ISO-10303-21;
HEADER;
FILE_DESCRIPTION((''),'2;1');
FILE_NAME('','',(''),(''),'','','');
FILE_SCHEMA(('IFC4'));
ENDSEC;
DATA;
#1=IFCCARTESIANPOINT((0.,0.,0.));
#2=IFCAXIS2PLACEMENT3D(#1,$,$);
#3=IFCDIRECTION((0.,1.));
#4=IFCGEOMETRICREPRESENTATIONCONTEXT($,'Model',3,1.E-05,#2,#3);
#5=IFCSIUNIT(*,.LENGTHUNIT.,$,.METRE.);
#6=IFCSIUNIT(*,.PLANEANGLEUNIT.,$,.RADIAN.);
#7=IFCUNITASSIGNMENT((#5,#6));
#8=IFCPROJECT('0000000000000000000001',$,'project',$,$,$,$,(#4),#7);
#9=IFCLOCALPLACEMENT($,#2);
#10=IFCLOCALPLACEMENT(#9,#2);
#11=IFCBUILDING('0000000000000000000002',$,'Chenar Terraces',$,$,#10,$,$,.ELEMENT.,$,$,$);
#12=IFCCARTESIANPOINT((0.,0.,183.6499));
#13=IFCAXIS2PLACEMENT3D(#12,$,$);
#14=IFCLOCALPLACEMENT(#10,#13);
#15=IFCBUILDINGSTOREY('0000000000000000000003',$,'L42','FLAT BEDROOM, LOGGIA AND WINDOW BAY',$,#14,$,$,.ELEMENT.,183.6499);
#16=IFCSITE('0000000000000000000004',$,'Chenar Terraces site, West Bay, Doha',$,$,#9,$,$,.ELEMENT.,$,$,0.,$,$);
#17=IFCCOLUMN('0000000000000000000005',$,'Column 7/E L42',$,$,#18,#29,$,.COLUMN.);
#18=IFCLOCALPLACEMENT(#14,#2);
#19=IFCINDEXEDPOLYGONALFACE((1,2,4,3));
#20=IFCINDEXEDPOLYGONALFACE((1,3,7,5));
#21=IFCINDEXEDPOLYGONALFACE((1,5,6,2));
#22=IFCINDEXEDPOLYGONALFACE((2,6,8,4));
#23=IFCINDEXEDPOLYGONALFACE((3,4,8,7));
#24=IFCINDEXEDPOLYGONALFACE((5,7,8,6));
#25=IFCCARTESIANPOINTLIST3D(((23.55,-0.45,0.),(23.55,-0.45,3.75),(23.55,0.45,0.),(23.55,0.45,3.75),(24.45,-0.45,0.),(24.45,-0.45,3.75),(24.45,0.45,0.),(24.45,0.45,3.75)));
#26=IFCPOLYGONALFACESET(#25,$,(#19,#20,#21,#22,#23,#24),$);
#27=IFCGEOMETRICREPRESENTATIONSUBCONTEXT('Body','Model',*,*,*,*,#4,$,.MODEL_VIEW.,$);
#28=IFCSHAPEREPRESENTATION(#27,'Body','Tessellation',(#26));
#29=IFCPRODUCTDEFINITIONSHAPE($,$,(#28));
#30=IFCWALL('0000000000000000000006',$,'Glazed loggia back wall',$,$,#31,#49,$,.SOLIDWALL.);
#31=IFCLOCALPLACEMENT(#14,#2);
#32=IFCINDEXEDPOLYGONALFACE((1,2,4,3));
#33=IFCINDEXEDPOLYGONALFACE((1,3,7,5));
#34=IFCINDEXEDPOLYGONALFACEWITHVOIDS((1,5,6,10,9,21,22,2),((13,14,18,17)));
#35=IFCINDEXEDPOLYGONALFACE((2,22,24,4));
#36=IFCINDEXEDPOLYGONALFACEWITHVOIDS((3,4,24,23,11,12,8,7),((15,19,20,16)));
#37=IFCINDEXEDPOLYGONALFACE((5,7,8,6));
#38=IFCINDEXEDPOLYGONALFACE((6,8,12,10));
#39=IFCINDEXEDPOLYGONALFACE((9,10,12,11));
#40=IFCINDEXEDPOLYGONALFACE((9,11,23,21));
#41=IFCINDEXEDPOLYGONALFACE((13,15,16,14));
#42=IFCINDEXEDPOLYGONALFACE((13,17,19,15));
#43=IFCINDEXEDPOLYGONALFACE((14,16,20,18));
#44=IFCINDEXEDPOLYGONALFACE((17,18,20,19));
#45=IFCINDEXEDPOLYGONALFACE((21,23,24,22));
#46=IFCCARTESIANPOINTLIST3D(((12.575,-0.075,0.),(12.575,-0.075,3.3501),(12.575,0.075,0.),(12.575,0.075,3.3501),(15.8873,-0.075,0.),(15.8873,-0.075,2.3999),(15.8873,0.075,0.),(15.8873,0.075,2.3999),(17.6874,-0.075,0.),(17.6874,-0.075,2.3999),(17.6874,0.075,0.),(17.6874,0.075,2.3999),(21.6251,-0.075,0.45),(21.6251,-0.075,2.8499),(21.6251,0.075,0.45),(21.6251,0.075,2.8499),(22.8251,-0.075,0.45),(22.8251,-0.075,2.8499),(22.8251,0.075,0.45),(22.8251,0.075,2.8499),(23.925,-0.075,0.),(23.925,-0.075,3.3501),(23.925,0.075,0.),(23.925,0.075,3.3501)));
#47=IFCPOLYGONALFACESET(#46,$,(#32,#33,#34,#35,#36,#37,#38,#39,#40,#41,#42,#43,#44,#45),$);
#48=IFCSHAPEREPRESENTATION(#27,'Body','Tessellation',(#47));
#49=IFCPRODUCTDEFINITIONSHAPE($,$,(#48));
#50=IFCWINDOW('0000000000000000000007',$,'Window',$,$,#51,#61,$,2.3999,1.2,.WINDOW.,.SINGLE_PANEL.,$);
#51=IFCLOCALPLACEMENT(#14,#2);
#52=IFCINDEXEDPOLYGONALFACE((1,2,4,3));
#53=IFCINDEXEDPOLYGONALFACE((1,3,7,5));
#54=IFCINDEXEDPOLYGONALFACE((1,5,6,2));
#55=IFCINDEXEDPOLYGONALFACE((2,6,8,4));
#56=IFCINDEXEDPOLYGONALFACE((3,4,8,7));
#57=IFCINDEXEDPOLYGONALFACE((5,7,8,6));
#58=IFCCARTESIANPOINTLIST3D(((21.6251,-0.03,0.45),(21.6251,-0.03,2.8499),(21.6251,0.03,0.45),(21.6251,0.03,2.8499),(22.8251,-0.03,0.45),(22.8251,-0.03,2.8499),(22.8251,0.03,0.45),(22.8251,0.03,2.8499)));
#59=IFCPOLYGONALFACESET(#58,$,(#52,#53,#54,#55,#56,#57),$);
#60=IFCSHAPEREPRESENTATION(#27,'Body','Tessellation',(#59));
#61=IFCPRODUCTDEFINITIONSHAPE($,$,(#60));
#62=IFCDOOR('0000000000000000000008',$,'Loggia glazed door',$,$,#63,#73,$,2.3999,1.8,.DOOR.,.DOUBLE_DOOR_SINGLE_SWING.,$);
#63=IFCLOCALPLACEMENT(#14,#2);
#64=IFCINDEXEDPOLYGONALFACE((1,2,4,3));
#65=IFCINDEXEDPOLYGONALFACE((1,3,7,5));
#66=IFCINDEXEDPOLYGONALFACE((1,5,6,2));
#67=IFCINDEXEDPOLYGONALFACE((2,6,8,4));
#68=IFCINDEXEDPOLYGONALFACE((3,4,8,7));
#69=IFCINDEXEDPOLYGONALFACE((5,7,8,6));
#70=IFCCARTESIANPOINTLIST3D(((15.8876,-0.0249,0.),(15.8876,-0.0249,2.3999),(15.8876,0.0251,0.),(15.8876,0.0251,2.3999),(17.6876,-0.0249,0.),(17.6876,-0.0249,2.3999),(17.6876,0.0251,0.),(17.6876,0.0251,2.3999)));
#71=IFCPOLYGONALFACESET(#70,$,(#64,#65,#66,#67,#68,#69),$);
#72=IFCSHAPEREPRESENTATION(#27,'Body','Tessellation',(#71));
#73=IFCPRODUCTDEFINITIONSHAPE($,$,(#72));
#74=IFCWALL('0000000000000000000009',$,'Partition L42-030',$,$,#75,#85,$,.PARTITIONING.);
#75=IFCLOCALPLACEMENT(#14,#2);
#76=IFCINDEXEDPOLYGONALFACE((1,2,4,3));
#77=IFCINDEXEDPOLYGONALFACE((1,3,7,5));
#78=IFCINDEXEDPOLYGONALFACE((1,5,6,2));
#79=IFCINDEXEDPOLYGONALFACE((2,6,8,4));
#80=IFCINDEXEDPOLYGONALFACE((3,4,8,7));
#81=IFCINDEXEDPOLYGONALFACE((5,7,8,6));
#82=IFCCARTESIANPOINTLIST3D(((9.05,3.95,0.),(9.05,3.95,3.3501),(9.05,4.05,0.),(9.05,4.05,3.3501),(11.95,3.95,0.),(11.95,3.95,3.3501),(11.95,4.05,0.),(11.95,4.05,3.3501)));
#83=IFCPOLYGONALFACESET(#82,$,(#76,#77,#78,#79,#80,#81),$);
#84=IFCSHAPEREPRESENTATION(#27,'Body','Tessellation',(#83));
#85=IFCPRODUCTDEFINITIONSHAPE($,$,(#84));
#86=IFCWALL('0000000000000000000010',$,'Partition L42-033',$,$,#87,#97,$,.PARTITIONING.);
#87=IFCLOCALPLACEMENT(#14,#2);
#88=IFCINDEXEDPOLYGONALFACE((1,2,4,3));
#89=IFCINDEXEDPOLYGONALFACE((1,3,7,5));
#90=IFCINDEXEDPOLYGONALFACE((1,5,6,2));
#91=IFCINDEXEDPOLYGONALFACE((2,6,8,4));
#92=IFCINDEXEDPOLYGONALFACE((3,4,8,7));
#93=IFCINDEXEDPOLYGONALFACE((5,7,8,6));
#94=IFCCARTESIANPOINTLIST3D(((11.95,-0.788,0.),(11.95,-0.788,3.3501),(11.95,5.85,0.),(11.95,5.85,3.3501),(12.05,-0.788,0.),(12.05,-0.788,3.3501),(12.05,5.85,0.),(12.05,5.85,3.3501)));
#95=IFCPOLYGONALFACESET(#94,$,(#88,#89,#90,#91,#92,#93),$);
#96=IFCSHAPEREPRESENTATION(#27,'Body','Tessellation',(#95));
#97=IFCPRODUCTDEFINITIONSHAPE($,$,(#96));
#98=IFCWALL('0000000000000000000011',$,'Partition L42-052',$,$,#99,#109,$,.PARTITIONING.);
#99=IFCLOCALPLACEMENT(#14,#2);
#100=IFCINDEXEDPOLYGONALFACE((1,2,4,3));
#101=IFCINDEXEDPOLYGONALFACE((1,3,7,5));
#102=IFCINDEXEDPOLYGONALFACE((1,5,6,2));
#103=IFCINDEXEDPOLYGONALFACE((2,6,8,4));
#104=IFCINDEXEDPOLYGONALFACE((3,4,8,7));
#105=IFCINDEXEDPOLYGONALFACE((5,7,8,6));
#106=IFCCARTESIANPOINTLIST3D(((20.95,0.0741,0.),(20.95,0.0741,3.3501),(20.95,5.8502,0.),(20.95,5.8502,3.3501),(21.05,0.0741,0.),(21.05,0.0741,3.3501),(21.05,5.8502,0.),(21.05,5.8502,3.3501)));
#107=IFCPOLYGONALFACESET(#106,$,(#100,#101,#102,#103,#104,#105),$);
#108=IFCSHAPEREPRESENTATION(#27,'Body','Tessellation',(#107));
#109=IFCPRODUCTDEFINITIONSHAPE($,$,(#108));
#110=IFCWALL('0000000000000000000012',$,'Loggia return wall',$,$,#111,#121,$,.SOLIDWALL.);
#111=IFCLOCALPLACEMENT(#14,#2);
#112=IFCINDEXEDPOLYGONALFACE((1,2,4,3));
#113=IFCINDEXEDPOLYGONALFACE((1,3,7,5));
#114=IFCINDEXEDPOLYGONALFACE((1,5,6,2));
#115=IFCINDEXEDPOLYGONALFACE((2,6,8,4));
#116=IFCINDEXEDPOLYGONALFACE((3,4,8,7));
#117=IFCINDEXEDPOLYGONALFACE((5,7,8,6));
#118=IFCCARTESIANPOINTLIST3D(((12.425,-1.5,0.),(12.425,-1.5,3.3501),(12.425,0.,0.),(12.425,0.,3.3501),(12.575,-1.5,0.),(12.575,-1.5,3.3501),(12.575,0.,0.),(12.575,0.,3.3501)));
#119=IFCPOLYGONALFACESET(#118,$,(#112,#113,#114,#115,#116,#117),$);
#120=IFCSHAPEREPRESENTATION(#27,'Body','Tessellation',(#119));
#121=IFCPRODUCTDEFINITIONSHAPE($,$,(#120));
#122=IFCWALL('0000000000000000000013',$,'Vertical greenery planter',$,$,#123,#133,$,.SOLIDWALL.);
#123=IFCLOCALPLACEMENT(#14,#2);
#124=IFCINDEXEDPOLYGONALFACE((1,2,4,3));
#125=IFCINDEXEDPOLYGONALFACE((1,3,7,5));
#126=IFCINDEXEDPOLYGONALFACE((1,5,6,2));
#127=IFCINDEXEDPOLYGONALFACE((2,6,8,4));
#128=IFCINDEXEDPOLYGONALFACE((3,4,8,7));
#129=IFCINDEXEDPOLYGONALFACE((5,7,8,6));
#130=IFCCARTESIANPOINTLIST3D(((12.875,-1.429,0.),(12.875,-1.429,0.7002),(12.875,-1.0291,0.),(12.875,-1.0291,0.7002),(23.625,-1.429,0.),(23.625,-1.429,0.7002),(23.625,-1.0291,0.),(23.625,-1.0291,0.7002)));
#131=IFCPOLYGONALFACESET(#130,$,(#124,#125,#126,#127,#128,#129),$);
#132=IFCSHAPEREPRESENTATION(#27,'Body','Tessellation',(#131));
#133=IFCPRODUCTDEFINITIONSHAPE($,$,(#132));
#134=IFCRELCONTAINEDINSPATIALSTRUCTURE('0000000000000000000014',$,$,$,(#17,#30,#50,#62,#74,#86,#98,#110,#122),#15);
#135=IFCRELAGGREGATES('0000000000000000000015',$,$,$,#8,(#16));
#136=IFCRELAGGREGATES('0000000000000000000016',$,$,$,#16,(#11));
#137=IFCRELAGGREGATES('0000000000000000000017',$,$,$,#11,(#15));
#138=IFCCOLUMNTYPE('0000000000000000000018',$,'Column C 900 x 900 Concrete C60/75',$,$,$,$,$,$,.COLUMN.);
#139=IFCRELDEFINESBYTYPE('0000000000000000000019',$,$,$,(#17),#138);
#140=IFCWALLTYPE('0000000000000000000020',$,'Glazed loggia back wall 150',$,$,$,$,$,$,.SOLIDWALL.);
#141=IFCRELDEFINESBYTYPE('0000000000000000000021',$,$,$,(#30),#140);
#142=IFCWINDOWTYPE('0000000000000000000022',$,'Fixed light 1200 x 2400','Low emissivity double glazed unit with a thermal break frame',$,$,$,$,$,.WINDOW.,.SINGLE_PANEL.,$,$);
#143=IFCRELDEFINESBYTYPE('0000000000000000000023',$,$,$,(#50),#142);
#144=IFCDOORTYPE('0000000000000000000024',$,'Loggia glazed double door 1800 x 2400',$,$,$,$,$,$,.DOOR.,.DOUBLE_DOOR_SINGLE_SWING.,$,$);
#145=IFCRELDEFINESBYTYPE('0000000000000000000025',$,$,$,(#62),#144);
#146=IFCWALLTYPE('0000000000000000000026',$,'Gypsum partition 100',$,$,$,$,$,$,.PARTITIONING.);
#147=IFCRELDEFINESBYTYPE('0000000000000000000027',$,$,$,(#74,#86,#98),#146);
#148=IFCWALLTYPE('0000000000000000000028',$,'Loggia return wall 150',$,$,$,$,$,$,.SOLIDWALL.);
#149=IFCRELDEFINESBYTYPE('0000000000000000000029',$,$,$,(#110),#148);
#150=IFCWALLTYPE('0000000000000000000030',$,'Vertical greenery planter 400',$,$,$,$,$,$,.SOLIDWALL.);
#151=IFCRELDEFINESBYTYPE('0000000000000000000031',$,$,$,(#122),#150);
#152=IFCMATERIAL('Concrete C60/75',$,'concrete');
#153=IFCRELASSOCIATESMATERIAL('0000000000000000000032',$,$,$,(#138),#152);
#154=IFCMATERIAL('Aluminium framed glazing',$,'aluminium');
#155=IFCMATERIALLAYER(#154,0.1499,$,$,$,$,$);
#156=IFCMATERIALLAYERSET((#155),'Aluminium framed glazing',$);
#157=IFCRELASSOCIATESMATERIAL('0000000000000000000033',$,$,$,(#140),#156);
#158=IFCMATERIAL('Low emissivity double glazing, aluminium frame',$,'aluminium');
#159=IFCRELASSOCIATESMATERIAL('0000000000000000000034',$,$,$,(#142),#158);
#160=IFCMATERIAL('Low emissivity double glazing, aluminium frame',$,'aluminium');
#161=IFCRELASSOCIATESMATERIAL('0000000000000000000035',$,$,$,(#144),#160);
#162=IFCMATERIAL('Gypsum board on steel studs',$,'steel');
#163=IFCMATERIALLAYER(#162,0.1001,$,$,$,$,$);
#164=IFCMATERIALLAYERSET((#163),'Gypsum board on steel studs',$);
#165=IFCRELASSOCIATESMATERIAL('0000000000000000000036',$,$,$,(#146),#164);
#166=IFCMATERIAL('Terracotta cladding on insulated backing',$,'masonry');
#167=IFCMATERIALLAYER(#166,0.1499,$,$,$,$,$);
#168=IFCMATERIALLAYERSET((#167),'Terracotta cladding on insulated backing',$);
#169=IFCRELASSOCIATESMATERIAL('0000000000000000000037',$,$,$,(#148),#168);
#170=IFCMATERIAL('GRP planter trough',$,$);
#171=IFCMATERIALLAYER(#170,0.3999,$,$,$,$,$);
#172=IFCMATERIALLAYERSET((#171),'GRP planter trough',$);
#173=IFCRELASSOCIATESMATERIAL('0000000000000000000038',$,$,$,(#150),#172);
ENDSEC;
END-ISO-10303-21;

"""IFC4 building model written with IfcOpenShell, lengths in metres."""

from ifc_helpers import new_model, si_unit, direction, frame, frame_2d, origin, origin_2d, place, context, subcontext, project, spatial, rectangle, extrude, material, layer, layer_set, material_profile, profile_set, type_object, element, fill, save


model = new_model("IFC4")

# Units and contexts
model_context = context("Model", 3, precision=1e-05, world=origin(), true_north=direction((0.0, 1.0)))
body_context = subcontext(model_context, "Body", "Model", "MODEL_VIEW")
ifc_project = project(units=[si_unit("LENGTHUNIT", "METRE"), si_unit("PLANEANGLEUNIT", "RADIAN")], contexts=[model_context])

# Site, building, storey
site_placement = place(None, origin())
site = spatial("IfcSite", under=ifc_project, at=site_placement, Name="Chenar Terraces site, West Bay, Doha", CompositionType="ELEMENT", RefElevation=0.0)
building_placement = place(site_placement, origin())
building = spatial("IfcBuilding", under=site, at=building_placement, Name="Chenar Terraces", CompositionType="ELEMENT")
storey_placement = place(building_placement, frame((0.0, 0.0, 183.6499)))
storey = spatial("IfcBuildingStorey", under=building, at=storey_placement, Name="L42", Description="FLAT BEDROOM, LOGGIA AND WINDOW BAY", CompositionType="ELEMENT", Elevation=183.6499)

# Column
ifc_material_1 = material(Name="Concrete C60/75", Category="concrete")
ifc_material_profile = material_profile(ifc_material_1, rectangle(XDim=0.8999, YDim=0.8999, at=origin_2d()), Name="C 900 x 900")
ifc_profile_set = profile_set([ifc_material_profile], Name="Concrete C60/75")
column_type = type_object("IfcColumnType", Name="Column C 900 x 900 Concrete C60/75", PredefinedType="COLUMN", material=ifc_profile_set)
column_placement = place(storey_placement, frame((24.0, 0.0, 0.0), z_axis=(0.0, 0.0, 1.0), x_axis=(1.0, 0.0, 0.0)))
element("IfcColumn", 1, at=column_placement, inside=storey, type_object=column_type, Name="Column 7/E L42", PredefinedType="COLUMN", context=body_context, shape_type="SweptSolid", body=[
    extrude(rectangle(XDim=0.8999, YDim=0.8999, at=origin_2d()), origin(), (0.0, 0.0, 1.0), 3.75),
])

# Wall, openings, window, door
ifc_material_2 = material(Name="Aluminium framed glazing", Category="aluminium")
ifc_layer_1 = layer(ifc_material_2, 0.1499)
ifc_layer_set_1 = layer_set([ifc_layer_1], Name="Aluminium framed glazing")
wall_type_1 = type_object("IfcWallType", Name="Glazed loggia back wall 150", PredefinedType="SOLIDWALL", material=ifc_layer_set_1)
wall_1_placement = place(storey_placement, frame((12.575, 0.0, 0.0), z_axis=(0.0, 0.0, 1.0), x_axis=(1.0, 0.0, 0.0)))
wall_1 = element("IfcWall", 2, at=wall_1_placement, inside=storey, type_object=wall_type_1, Name="Glazed loggia back wall", PredefinedType="SOLIDWALL", context=body_context, shape_type="SweptSolid", body=[
    extrude(rectangle(XDim=11.3501, YDim=0.1499, at=frame_2d((5.675, 0.0))), origin(), (0.0, 0.0, 1.0), 3.3501),
])
opening_1_placement = place(wall_1_placement, frame((3.3125, 0.0, 0.0)))
opening_1 = element("IfcOpeningElement", 3, at=opening_1_placement, cuts=wall_1, PredefinedType="OPENING", context=body_context, shape_type="SweptSolid", body=[
    extrude(rectangle(XDim=1.8, YDim=2.3999, at=frame_2d((0.8999, 1.2))), frame((0.0, 0.085, 0.0), z_axis=(0.0, -1.0, 0.0), x_axis=(1.0, 0.0, 0.0)), (0.0, 0.0, 1.0), 0.1699),
])
opening_2_placement = place(wall_1_placement, frame((9.05, 0.0, 0.45)))
opening_2 = element("IfcOpeningElement", 4, at=opening_2_placement, cuts=wall_1, PredefinedType="OPENING", context=body_context, shape_type="SweptSolid", body=[
    extrude(rectangle(XDim=1.2, YDim=2.3999, at=frame_2d((0.6001, 1.2))), frame((0.0, 0.085, 0.0), z_axis=(0.0, -1.0, 0.0), x_axis=(1.0, 0.0, 0.0)), (0.0, 0.0, 1.0), 0.1699),
])
ifc_material_3 = material(Name="Low emissivity double glazing, aluminium frame", Category="aluminium")
window_type = type_object("IfcWindowType", Name="Fixed light 1200 x 2400", Description="Low emissivity double glazed unit with a thermal break frame", PartitioningType="SINGLE_PANEL", PredefinedType="WINDOW", material=ifc_material_3)
window_placement = place(opening_2_placement, origin())
window = element("IfcWindow", 5, at=window_placement, inside=storey, type_object=window_type, Name="Window", OverallHeight=2.3999, OverallWidth=1.2, PartitioningType="SINGLE_PANEL", PredefinedType="WINDOW", context=body_context, shape_type="SweptSolid", body=[
    extrude(rectangle(XDim=1.2, YDim=2.3999, at=frame_2d((0.6001, 1.2))), frame((0.0, 0.03, 0.0), z_axis=(0.0, -1.0, 0.0), x_axis=(1.0, 0.0, 0.0)), (0.0, 0.0, 1.0), 0.0601),
])
fill(opening_2, window)
ifc_material_4 = material(Name="Low emissivity double glazing, aluminium frame", Category="aluminium")
door_type = type_object("IfcDoorType", Name="Loggia glazed double door 1800 x 2400", OperationType="DOUBLE_DOOR_SINGLE_SWING", PredefinedType="DOOR", material=ifc_material_4)
door_placement = place(opening_1_placement, frame((1.8, 0.0, 0.0), z_axis=(0.0, 0.0, 1.0), x_axis=(-1.0, 0.0, 0.0)))
door = element("IfcDoor", 6, at=door_placement, inside=storey, type_object=door_type, Name="Loggia glazed door", OperationType="DOUBLE_DOOR_SINGLE_SWING", OverallHeight=2.3999, OverallWidth=1.8, PredefinedType="DOOR", context=body_context, shape_type="SweptSolid", body=[
    extrude(rectangle(XDim=1.8, YDim=2.3999, at=frame_2d((0.8999, 1.2))), frame((0.0, 0.0249, 0.0), z_axis=(0.0, -1.0, 0.0), x_axis=(1.0, 0.0, 0.0)), (0.0, 0.0, 1.0), 0.05),
])
fill(opening_1, door)

# Walls
ifc_material_5 = material(Name="Gypsum board on steel studs", Category="steel")
ifc_layer_2 = layer(ifc_material_5, 0.1001)
ifc_layer_set_2 = layer_set([ifc_layer_2], Name="Gypsum board on steel studs")
wall_type_2 = type_object("IfcWallType", Name="Gypsum partition 100", PredefinedType="PARTITIONING", material=ifc_layer_set_2)
wall_2_placement = place(storey_placement, frame((9.05, 4.0, 0.0), z_axis=(0.0, 0.0, 1.0), x_axis=(1.0, 0.0, 0.0)))
element("IfcWall", 7, at=wall_2_placement, inside=storey, type_object=wall_type_2, Name="Partition L42-030", PredefinedType="PARTITIONING", context=body_context, shape_type="SweptSolid", body=[
    extrude(rectangle(XDim=2.8999, YDim=0.1001, at=frame_2d((1.45, 0.0))), origin(), (0.0, 0.0, 1.0), 3.3501),
])
wall_3_placement = place(storey_placement, frame((12.0, -0.7878, 0.0), z_axis=(0.0, 0.0, 1.0), x_axis=(0.0, 1.0, 0.0)))
element("IfcWall", 8, at=wall_3_placement, inside=storey, type_object=wall_type_2, Name="Partition L42-033", PredefinedType="PARTITIONING", context=body_context, shape_type="SweptSolid", body=[
    extrude(rectangle(XDim=6.6379, YDim=0.1001, at=frame_2d((3.3188, 0.0))), origin(), (0.0, 0.0, 1.0), 3.3501),
])
wall_4_placement = place(storey_placement, frame((21.0, 0.074, 0.0), z_axis=(0.0, 0.0, 1.0), x_axis=(0.0, 1.0, 0.0)))
element("IfcWall", 9, at=wall_4_placement, inside=storey, type_object=wall_type_2, Name="Partition L42-052", PredefinedType="PARTITIONING", context=body_context, shape_type="SweptSolid", body=[
    extrude(rectangle(XDim=5.7761, YDim=0.1001, at=frame_2d((2.8882, 0.0))), origin(), (0.0, 0.0, 1.0), 3.3501),
])
ifc_material_6 = material(Name="Terracotta cladding on insulated backing", Category="masonry")
ifc_layer_3 = layer(ifc_material_6, 0.1499)
ifc_layer_set_3 = layer_set([ifc_layer_3], Name="Terracotta cladding on insulated backing")
wall_type_3 = type_object("IfcWallType", Name="Loggia return wall 150", PredefinedType="SOLIDWALL", material=ifc_layer_set_3)
wall_5_placement = place(storey_placement, frame((12.5, -1.5, 0.0), z_axis=(0.0, 0.0, 1.0), x_axis=(0.0, 1.0, 0.0)))
element("IfcWall", 10, at=wall_5_placement, inside=storey, type_object=wall_type_3, Name="Loggia return wall", PredefinedType="SOLIDWALL", context=body_context, shape_type="SweptSolid", body=[
    extrude(rectangle(XDim=1.5, YDim=0.1499, at=frame_2d((0.75, 0.0))), origin(), (0.0, 0.0, 1.0), 3.3501),
])
ifc_material_7 = material(Name="GRP planter trough")
ifc_layer_4 = layer(ifc_material_7, 0.3999)
ifc_layer_set_4 = layer_set([ifc_layer_4], Name="GRP planter trough")
wall_type_4 = type_object("IfcWallType", Name="Vertical greenery planter 400", PredefinedType="SOLIDWALL", material=ifc_layer_set_4)
wall_6_placement = place(storey_placement, frame((12.875, -1.229, 0.0), z_axis=(0.0, 0.0, 1.0), x_axis=(1.0, 0.0, 0.0)))
element("IfcWall", 11, at=wall_6_placement, inside=storey, type_object=wall_type_4, Name="Vertical greenery planter", PredefinedType="SOLIDWALL", context=body_context, shape_type="SweptSolid", body=[
    extrude(rectangle(XDim=10.75, YDim=0.3999, at=frame_2d((5.375, 0.0))), origin(), (0.0, 0.0, 1.0), 0.7002),
])

save(model, "model.ifc")
